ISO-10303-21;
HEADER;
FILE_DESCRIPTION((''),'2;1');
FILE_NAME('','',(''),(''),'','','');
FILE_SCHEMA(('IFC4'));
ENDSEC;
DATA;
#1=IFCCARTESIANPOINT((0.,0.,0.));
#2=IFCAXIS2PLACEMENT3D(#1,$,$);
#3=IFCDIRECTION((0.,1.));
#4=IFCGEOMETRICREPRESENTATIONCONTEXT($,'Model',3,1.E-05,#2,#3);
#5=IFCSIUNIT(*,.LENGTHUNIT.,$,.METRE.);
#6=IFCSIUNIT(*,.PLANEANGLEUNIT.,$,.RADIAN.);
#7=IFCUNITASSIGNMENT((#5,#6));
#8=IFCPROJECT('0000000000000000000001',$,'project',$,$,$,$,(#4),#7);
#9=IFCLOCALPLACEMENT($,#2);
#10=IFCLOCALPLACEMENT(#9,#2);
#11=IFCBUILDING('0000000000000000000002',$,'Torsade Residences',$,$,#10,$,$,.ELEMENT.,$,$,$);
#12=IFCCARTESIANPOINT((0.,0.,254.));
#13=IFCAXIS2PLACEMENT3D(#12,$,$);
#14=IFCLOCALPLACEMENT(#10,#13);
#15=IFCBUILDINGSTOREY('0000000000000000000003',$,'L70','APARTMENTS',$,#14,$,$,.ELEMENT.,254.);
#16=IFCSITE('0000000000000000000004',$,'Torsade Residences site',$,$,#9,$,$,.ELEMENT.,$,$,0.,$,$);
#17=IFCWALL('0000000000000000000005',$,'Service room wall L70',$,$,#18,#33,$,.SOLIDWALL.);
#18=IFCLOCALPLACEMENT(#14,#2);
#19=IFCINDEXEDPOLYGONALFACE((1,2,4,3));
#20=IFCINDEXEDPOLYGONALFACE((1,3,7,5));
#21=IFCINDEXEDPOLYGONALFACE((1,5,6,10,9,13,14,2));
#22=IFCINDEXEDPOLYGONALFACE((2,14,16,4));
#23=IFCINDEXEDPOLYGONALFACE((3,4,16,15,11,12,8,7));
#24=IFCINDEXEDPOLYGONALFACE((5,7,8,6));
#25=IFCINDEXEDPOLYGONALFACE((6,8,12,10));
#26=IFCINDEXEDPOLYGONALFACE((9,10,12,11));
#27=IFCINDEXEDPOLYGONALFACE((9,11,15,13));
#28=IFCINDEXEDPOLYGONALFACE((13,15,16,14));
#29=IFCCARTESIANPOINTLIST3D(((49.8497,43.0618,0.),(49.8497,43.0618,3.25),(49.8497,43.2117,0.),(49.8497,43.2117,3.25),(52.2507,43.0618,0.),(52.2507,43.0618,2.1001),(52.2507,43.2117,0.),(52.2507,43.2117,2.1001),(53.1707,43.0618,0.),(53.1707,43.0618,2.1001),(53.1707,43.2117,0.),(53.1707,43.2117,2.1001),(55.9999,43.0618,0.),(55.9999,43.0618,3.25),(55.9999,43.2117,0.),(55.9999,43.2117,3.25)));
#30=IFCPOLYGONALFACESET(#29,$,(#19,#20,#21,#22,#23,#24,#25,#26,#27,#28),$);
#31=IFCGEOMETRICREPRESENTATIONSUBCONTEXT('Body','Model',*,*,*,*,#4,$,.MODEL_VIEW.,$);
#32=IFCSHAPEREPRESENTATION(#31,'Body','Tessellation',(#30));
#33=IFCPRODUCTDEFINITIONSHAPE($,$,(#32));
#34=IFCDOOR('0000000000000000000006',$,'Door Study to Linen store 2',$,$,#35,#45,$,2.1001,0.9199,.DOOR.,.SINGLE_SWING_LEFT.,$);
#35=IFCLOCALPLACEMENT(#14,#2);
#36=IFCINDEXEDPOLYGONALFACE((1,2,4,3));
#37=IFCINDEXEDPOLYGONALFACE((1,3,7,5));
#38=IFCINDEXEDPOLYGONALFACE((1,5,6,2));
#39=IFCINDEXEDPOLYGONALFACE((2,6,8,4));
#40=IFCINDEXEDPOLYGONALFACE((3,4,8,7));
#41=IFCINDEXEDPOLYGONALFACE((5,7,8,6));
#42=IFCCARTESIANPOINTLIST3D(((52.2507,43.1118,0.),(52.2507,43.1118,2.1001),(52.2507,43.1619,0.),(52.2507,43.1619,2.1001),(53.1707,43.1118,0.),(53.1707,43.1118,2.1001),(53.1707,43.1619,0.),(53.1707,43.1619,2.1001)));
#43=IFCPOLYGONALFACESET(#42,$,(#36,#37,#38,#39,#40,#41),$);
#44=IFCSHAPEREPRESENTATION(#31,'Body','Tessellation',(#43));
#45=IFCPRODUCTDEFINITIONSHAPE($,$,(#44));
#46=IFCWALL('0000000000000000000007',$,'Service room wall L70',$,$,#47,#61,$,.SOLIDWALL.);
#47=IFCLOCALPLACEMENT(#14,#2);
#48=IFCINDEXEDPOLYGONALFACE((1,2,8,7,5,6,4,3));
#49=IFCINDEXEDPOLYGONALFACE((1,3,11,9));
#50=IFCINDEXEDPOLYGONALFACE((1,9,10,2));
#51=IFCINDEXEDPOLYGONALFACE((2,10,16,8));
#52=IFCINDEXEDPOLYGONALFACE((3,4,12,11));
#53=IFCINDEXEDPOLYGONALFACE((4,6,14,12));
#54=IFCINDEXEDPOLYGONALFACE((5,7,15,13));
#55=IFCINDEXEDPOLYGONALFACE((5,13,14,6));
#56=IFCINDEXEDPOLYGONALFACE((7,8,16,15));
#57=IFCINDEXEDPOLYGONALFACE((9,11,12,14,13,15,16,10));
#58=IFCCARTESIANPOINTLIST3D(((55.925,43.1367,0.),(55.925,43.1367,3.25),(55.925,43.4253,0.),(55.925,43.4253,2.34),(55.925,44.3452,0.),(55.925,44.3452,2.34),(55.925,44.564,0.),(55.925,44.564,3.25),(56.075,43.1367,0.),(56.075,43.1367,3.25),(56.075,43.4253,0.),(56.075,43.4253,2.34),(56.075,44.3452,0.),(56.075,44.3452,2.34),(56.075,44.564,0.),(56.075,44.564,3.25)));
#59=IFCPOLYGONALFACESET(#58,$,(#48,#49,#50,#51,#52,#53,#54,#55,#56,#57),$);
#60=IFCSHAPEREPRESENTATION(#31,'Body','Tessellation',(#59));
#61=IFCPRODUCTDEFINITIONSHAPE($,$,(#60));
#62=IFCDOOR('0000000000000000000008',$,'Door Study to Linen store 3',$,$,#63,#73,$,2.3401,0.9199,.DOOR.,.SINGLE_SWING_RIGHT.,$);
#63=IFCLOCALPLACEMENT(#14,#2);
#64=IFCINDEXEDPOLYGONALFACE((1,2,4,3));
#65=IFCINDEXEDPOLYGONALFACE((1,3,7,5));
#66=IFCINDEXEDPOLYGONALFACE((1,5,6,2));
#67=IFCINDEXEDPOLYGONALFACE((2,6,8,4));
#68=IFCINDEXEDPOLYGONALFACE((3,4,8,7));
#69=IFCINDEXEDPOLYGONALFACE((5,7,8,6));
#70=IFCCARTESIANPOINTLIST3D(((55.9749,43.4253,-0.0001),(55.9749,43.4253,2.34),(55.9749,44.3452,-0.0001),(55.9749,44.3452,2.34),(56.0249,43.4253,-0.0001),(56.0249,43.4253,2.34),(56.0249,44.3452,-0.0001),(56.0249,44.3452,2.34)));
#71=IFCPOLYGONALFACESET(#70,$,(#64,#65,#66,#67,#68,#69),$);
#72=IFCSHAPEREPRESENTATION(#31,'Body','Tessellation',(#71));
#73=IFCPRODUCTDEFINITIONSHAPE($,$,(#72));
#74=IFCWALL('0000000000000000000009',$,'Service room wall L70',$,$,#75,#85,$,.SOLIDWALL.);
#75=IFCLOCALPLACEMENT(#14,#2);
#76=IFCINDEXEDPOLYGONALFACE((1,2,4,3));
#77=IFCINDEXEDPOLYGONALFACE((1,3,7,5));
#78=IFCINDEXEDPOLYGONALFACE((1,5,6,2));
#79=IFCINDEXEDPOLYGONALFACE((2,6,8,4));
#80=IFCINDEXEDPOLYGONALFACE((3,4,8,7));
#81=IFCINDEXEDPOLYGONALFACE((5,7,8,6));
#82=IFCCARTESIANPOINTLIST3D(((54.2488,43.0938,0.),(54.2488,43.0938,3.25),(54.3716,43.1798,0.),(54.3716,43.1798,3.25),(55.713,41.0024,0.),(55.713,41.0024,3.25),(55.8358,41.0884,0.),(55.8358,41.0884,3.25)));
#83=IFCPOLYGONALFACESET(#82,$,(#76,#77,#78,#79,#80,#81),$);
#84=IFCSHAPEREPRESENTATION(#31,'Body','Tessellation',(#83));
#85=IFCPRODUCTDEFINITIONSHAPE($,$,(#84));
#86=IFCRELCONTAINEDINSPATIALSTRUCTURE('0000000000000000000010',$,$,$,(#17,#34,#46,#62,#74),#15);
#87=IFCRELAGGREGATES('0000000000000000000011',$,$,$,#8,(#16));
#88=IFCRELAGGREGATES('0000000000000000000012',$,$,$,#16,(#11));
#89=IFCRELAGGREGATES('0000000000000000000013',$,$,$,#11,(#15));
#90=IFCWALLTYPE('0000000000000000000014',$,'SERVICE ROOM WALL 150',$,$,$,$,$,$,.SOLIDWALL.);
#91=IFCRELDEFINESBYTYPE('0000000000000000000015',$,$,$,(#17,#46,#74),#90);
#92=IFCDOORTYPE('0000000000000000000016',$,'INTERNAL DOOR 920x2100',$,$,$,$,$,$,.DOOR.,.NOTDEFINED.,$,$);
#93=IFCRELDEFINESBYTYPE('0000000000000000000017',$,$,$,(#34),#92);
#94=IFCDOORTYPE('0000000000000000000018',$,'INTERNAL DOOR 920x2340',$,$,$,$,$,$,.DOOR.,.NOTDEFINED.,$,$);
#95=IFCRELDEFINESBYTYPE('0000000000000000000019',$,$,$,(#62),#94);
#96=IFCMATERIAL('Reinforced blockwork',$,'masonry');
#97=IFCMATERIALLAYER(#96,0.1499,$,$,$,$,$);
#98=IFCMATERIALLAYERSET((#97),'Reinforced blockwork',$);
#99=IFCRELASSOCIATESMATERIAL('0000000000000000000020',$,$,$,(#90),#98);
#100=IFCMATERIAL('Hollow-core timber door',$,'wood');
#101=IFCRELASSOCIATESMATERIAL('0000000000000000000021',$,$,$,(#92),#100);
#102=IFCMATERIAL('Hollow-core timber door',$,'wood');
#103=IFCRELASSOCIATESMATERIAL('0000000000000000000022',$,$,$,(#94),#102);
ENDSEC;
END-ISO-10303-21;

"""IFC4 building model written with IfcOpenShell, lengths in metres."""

from ifc_helpers import new_model, si_unit, direction, frame, frame_2d, origin, place, context, subcontext, project, spatial, rectangle, extrude, material, layer, layer_set, type_object, element, fill, save


model = new_model("IFC4")

# Units and contexts
model_context = context("Model", 3, precision=1e-05, world=origin(), true_north=direction((0.0, 1.0)))
body_context = subcontext(model_context, "Body", "Model", "MODEL_VIEW")
ifc_project = project(units=[si_unit("LENGTHUNIT", "METRE"), si_unit("PLANEANGLEUNIT", "RADIAN")], contexts=[model_context])

# Site, building, storey
site_placement = place(None, origin())
site = spatial("IfcSite", under=ifc_project, at=site_placement, Name="Torsade Residences site", CompositionType="ELEMENT", RefElevation=0.0)
building_placement = place(site_placement, origin())
building = spatial("IfcBuilding", under=site, at=building_placement, Name="Torsade Residences", CompositionType="ELEMENT")
storey_placement = place(building_placement, frame((0.0, 0.0, 254.0)))
storey = spatial("IfcBuildingStorey", under=building, at=storey_placement, Name="L70", Description="APARTMENTS", CompositionType="ELEMENT", Elevation=254.0)

# Walls, openings, doors
ifc_material_1 = material(Name="Reinforced blockwork", Category="masonry")
ifc_layer_1 = layer(ifc_material_1, 0.1499)
ifc_layer_set_1 = layer_set([ifc_layer_1], Name="Reinforced blockwork")
wall_type_1 = type_object("IfcWallType", Name="SERVICE ROOM WALL 150", PredefinedType="SOLIDWALL", material=ifc_layer_set_1)
wall_1_placement = place(storey_placement, frame((56.0, 43.1367, 0.0), z_axis=(0.0, 0.0, 1.0), x_axis=(-1.0, 0.0, 0.0)))
wall_1 = element("IfcWall", 1, at=wall_1_placement, inside=storey, type_object=wall_type_1, Name="Service room wall L70", PredefinedType="SOLIDWALL", context=body_context, shape_type="SweptSolid", body=[
    extrude(rectangle(XDim=6.1501, YDim=0.1499, at=frame_2d((3.0752, 0.0))), origin(), (0.0, 0.0, 1.0), 3.25),
])
opening_1_placement = place(wall_1_placement, frame((2.8293, 0.0, 0.0)))
opening_1 = element("IfcOpeningElement", 2, at=opening_1_placement, cuts=wall_1, PredefinedType="OPENING", context=body_context, shape_type="SweptSolid", body=[
    extrude(rectangle(XDim=0.9199, YDim=2.1001, at=frame_2d((0.46, 1.05))), frame((0.0, 0.085, 0.0), z_axis=(0.0, -1.0, 0.0), x_axis=(1.0, 0.0, 0.0)), (0.0, 0.0, 1.0), 0.1699),
])
ifc_material_2 = material(Name="Hollow-core timber door", Category="wood")
door_type_1 = type_object("IfcDoorType", Name="INTERNAL DOOR 920x2100", OperationType="NOTDEFINED", PredefinedType="DOOR", material=ifc_material_2)
door_1_placement = place(opening_1_placement, origin())
door_1 = element("IfcDoor", 3, at=door_1_placement, inside=storey, type_object=door_type_1, Name="Door Study to Linen store 2", OperationType="SINGLE_SWING_LEFT", OverallHeight=2.1001, OverallWidth=0.9199, PredefinedType="DOOR", context=body_context, shape_type="SweptSolid", body=[
    extrude(rectangle(XDim=0.9199, YDim=2.1001, at=frame_2d((0.46, 1.05))), frame((0.0, 0.0249, 0.0), z_axis=(0.0, -1.0, 0.0), x_axis=(1.0, 0.0, 0.0)), (0.0, 0.0, 1.0), 0.05),
])
fill(opening_1, door_1)
wall_2_placement = place(storey_placement, frame((56.0, 44.564, 0.0), z_axis=(0.0, 0.0, 1.0), x_axis=(0.0, -1.0, 0.0)))
wall_2 = element("IfcWall", 4, at=wall_2_placement, inside=storey, type_object=wall_type_1, Name="Service room wall L70", PredefinedType="SOLIDWALL", context=body_context, shape_type="SweptSolid", body=[
    extrude(rectangle(XDim=1.4272, YDim=0.1499, at=frame_2d((0.7136, 0.0))), origin(), (0.0, 0.0, 1.0), 3.25),
])
opening_2_placement = place(wall_2_placement, frame((0.2188, 0.0, 0.0)))
opening_2 = element("IfcOpeningElement", 5, at=opening_2_placement, cuts=wall_2, PredefinedType="OPENING", context=body_context, shape_type="SweptSolid", body=[
    extrude(rectangle(XDim=0.9199, YDim=2.3401, at=frame_2d((0.46, 1.1699))), frame((0.0, 0.085, 0.0), z_axis=(0.0, -1.0, 0.0), x_axis=(1.0, 0.0, 0.0)), (0.0, 0.0, 1.0), 0.1699),
])
ifc_material_3 = material(Name="Hollow-core timber door", Category="wood")
door_type_2 = type_object("IfcDoorType", Name="INTERNAL DOOR 920x2340", OperationType="NOTDEFINED", PredefinedType="DOOR", material=ifc_material_3)
door_2_placement = place(opening_2_placement, origin())
door_2 = element("IfcDoor", 6, at=door_2_placement, inside=storey, type_object=door_type_2, Name="Door Study to Linen store 3", OperationType="SINGLE_SWING_RIGHT", OverallHeight=2.3401, OverallWidth=0.9199, PredefinedType="DOOR", context=body_context, shape_type="SweptSolid", body=[
    extrude(rectangle(XDim=0.9199, YDim=2.3401, at=frame_2d((0.46, 1.1699))), frame((0.0, 0.0249, 0.0), z_axis=(0.0, -1.0, 0.0), x_axis=(1.0, 0.0, 0.0)), (0.0, 0.0, 1.0), 0.05),
])
fill(opening_2, door_2)

# Wall
wall_3_placement = place(storey_placement, frame((54.3103, 43.1367, 0.0), z_axis=(0.0, 0.0, 1.0), x_axis=(0.573514, -0.819196, 0.0)))
element("IfcWall", 7, at=wall_3_placement, inside=storey, type_object=wall_type_1, Name="Service room wall L70", PredefinedType="SOLIDWALL", context=body_context, shape_type="SweptSolid", body=[
    extrude(rectangle(XDim=2.553, YDim=0.1499, at=frame_2d((1.2764, 0.0))), origin(), (0.0, 0.0, 1.0), 3.25),
])

save(model, "model.ifc")
